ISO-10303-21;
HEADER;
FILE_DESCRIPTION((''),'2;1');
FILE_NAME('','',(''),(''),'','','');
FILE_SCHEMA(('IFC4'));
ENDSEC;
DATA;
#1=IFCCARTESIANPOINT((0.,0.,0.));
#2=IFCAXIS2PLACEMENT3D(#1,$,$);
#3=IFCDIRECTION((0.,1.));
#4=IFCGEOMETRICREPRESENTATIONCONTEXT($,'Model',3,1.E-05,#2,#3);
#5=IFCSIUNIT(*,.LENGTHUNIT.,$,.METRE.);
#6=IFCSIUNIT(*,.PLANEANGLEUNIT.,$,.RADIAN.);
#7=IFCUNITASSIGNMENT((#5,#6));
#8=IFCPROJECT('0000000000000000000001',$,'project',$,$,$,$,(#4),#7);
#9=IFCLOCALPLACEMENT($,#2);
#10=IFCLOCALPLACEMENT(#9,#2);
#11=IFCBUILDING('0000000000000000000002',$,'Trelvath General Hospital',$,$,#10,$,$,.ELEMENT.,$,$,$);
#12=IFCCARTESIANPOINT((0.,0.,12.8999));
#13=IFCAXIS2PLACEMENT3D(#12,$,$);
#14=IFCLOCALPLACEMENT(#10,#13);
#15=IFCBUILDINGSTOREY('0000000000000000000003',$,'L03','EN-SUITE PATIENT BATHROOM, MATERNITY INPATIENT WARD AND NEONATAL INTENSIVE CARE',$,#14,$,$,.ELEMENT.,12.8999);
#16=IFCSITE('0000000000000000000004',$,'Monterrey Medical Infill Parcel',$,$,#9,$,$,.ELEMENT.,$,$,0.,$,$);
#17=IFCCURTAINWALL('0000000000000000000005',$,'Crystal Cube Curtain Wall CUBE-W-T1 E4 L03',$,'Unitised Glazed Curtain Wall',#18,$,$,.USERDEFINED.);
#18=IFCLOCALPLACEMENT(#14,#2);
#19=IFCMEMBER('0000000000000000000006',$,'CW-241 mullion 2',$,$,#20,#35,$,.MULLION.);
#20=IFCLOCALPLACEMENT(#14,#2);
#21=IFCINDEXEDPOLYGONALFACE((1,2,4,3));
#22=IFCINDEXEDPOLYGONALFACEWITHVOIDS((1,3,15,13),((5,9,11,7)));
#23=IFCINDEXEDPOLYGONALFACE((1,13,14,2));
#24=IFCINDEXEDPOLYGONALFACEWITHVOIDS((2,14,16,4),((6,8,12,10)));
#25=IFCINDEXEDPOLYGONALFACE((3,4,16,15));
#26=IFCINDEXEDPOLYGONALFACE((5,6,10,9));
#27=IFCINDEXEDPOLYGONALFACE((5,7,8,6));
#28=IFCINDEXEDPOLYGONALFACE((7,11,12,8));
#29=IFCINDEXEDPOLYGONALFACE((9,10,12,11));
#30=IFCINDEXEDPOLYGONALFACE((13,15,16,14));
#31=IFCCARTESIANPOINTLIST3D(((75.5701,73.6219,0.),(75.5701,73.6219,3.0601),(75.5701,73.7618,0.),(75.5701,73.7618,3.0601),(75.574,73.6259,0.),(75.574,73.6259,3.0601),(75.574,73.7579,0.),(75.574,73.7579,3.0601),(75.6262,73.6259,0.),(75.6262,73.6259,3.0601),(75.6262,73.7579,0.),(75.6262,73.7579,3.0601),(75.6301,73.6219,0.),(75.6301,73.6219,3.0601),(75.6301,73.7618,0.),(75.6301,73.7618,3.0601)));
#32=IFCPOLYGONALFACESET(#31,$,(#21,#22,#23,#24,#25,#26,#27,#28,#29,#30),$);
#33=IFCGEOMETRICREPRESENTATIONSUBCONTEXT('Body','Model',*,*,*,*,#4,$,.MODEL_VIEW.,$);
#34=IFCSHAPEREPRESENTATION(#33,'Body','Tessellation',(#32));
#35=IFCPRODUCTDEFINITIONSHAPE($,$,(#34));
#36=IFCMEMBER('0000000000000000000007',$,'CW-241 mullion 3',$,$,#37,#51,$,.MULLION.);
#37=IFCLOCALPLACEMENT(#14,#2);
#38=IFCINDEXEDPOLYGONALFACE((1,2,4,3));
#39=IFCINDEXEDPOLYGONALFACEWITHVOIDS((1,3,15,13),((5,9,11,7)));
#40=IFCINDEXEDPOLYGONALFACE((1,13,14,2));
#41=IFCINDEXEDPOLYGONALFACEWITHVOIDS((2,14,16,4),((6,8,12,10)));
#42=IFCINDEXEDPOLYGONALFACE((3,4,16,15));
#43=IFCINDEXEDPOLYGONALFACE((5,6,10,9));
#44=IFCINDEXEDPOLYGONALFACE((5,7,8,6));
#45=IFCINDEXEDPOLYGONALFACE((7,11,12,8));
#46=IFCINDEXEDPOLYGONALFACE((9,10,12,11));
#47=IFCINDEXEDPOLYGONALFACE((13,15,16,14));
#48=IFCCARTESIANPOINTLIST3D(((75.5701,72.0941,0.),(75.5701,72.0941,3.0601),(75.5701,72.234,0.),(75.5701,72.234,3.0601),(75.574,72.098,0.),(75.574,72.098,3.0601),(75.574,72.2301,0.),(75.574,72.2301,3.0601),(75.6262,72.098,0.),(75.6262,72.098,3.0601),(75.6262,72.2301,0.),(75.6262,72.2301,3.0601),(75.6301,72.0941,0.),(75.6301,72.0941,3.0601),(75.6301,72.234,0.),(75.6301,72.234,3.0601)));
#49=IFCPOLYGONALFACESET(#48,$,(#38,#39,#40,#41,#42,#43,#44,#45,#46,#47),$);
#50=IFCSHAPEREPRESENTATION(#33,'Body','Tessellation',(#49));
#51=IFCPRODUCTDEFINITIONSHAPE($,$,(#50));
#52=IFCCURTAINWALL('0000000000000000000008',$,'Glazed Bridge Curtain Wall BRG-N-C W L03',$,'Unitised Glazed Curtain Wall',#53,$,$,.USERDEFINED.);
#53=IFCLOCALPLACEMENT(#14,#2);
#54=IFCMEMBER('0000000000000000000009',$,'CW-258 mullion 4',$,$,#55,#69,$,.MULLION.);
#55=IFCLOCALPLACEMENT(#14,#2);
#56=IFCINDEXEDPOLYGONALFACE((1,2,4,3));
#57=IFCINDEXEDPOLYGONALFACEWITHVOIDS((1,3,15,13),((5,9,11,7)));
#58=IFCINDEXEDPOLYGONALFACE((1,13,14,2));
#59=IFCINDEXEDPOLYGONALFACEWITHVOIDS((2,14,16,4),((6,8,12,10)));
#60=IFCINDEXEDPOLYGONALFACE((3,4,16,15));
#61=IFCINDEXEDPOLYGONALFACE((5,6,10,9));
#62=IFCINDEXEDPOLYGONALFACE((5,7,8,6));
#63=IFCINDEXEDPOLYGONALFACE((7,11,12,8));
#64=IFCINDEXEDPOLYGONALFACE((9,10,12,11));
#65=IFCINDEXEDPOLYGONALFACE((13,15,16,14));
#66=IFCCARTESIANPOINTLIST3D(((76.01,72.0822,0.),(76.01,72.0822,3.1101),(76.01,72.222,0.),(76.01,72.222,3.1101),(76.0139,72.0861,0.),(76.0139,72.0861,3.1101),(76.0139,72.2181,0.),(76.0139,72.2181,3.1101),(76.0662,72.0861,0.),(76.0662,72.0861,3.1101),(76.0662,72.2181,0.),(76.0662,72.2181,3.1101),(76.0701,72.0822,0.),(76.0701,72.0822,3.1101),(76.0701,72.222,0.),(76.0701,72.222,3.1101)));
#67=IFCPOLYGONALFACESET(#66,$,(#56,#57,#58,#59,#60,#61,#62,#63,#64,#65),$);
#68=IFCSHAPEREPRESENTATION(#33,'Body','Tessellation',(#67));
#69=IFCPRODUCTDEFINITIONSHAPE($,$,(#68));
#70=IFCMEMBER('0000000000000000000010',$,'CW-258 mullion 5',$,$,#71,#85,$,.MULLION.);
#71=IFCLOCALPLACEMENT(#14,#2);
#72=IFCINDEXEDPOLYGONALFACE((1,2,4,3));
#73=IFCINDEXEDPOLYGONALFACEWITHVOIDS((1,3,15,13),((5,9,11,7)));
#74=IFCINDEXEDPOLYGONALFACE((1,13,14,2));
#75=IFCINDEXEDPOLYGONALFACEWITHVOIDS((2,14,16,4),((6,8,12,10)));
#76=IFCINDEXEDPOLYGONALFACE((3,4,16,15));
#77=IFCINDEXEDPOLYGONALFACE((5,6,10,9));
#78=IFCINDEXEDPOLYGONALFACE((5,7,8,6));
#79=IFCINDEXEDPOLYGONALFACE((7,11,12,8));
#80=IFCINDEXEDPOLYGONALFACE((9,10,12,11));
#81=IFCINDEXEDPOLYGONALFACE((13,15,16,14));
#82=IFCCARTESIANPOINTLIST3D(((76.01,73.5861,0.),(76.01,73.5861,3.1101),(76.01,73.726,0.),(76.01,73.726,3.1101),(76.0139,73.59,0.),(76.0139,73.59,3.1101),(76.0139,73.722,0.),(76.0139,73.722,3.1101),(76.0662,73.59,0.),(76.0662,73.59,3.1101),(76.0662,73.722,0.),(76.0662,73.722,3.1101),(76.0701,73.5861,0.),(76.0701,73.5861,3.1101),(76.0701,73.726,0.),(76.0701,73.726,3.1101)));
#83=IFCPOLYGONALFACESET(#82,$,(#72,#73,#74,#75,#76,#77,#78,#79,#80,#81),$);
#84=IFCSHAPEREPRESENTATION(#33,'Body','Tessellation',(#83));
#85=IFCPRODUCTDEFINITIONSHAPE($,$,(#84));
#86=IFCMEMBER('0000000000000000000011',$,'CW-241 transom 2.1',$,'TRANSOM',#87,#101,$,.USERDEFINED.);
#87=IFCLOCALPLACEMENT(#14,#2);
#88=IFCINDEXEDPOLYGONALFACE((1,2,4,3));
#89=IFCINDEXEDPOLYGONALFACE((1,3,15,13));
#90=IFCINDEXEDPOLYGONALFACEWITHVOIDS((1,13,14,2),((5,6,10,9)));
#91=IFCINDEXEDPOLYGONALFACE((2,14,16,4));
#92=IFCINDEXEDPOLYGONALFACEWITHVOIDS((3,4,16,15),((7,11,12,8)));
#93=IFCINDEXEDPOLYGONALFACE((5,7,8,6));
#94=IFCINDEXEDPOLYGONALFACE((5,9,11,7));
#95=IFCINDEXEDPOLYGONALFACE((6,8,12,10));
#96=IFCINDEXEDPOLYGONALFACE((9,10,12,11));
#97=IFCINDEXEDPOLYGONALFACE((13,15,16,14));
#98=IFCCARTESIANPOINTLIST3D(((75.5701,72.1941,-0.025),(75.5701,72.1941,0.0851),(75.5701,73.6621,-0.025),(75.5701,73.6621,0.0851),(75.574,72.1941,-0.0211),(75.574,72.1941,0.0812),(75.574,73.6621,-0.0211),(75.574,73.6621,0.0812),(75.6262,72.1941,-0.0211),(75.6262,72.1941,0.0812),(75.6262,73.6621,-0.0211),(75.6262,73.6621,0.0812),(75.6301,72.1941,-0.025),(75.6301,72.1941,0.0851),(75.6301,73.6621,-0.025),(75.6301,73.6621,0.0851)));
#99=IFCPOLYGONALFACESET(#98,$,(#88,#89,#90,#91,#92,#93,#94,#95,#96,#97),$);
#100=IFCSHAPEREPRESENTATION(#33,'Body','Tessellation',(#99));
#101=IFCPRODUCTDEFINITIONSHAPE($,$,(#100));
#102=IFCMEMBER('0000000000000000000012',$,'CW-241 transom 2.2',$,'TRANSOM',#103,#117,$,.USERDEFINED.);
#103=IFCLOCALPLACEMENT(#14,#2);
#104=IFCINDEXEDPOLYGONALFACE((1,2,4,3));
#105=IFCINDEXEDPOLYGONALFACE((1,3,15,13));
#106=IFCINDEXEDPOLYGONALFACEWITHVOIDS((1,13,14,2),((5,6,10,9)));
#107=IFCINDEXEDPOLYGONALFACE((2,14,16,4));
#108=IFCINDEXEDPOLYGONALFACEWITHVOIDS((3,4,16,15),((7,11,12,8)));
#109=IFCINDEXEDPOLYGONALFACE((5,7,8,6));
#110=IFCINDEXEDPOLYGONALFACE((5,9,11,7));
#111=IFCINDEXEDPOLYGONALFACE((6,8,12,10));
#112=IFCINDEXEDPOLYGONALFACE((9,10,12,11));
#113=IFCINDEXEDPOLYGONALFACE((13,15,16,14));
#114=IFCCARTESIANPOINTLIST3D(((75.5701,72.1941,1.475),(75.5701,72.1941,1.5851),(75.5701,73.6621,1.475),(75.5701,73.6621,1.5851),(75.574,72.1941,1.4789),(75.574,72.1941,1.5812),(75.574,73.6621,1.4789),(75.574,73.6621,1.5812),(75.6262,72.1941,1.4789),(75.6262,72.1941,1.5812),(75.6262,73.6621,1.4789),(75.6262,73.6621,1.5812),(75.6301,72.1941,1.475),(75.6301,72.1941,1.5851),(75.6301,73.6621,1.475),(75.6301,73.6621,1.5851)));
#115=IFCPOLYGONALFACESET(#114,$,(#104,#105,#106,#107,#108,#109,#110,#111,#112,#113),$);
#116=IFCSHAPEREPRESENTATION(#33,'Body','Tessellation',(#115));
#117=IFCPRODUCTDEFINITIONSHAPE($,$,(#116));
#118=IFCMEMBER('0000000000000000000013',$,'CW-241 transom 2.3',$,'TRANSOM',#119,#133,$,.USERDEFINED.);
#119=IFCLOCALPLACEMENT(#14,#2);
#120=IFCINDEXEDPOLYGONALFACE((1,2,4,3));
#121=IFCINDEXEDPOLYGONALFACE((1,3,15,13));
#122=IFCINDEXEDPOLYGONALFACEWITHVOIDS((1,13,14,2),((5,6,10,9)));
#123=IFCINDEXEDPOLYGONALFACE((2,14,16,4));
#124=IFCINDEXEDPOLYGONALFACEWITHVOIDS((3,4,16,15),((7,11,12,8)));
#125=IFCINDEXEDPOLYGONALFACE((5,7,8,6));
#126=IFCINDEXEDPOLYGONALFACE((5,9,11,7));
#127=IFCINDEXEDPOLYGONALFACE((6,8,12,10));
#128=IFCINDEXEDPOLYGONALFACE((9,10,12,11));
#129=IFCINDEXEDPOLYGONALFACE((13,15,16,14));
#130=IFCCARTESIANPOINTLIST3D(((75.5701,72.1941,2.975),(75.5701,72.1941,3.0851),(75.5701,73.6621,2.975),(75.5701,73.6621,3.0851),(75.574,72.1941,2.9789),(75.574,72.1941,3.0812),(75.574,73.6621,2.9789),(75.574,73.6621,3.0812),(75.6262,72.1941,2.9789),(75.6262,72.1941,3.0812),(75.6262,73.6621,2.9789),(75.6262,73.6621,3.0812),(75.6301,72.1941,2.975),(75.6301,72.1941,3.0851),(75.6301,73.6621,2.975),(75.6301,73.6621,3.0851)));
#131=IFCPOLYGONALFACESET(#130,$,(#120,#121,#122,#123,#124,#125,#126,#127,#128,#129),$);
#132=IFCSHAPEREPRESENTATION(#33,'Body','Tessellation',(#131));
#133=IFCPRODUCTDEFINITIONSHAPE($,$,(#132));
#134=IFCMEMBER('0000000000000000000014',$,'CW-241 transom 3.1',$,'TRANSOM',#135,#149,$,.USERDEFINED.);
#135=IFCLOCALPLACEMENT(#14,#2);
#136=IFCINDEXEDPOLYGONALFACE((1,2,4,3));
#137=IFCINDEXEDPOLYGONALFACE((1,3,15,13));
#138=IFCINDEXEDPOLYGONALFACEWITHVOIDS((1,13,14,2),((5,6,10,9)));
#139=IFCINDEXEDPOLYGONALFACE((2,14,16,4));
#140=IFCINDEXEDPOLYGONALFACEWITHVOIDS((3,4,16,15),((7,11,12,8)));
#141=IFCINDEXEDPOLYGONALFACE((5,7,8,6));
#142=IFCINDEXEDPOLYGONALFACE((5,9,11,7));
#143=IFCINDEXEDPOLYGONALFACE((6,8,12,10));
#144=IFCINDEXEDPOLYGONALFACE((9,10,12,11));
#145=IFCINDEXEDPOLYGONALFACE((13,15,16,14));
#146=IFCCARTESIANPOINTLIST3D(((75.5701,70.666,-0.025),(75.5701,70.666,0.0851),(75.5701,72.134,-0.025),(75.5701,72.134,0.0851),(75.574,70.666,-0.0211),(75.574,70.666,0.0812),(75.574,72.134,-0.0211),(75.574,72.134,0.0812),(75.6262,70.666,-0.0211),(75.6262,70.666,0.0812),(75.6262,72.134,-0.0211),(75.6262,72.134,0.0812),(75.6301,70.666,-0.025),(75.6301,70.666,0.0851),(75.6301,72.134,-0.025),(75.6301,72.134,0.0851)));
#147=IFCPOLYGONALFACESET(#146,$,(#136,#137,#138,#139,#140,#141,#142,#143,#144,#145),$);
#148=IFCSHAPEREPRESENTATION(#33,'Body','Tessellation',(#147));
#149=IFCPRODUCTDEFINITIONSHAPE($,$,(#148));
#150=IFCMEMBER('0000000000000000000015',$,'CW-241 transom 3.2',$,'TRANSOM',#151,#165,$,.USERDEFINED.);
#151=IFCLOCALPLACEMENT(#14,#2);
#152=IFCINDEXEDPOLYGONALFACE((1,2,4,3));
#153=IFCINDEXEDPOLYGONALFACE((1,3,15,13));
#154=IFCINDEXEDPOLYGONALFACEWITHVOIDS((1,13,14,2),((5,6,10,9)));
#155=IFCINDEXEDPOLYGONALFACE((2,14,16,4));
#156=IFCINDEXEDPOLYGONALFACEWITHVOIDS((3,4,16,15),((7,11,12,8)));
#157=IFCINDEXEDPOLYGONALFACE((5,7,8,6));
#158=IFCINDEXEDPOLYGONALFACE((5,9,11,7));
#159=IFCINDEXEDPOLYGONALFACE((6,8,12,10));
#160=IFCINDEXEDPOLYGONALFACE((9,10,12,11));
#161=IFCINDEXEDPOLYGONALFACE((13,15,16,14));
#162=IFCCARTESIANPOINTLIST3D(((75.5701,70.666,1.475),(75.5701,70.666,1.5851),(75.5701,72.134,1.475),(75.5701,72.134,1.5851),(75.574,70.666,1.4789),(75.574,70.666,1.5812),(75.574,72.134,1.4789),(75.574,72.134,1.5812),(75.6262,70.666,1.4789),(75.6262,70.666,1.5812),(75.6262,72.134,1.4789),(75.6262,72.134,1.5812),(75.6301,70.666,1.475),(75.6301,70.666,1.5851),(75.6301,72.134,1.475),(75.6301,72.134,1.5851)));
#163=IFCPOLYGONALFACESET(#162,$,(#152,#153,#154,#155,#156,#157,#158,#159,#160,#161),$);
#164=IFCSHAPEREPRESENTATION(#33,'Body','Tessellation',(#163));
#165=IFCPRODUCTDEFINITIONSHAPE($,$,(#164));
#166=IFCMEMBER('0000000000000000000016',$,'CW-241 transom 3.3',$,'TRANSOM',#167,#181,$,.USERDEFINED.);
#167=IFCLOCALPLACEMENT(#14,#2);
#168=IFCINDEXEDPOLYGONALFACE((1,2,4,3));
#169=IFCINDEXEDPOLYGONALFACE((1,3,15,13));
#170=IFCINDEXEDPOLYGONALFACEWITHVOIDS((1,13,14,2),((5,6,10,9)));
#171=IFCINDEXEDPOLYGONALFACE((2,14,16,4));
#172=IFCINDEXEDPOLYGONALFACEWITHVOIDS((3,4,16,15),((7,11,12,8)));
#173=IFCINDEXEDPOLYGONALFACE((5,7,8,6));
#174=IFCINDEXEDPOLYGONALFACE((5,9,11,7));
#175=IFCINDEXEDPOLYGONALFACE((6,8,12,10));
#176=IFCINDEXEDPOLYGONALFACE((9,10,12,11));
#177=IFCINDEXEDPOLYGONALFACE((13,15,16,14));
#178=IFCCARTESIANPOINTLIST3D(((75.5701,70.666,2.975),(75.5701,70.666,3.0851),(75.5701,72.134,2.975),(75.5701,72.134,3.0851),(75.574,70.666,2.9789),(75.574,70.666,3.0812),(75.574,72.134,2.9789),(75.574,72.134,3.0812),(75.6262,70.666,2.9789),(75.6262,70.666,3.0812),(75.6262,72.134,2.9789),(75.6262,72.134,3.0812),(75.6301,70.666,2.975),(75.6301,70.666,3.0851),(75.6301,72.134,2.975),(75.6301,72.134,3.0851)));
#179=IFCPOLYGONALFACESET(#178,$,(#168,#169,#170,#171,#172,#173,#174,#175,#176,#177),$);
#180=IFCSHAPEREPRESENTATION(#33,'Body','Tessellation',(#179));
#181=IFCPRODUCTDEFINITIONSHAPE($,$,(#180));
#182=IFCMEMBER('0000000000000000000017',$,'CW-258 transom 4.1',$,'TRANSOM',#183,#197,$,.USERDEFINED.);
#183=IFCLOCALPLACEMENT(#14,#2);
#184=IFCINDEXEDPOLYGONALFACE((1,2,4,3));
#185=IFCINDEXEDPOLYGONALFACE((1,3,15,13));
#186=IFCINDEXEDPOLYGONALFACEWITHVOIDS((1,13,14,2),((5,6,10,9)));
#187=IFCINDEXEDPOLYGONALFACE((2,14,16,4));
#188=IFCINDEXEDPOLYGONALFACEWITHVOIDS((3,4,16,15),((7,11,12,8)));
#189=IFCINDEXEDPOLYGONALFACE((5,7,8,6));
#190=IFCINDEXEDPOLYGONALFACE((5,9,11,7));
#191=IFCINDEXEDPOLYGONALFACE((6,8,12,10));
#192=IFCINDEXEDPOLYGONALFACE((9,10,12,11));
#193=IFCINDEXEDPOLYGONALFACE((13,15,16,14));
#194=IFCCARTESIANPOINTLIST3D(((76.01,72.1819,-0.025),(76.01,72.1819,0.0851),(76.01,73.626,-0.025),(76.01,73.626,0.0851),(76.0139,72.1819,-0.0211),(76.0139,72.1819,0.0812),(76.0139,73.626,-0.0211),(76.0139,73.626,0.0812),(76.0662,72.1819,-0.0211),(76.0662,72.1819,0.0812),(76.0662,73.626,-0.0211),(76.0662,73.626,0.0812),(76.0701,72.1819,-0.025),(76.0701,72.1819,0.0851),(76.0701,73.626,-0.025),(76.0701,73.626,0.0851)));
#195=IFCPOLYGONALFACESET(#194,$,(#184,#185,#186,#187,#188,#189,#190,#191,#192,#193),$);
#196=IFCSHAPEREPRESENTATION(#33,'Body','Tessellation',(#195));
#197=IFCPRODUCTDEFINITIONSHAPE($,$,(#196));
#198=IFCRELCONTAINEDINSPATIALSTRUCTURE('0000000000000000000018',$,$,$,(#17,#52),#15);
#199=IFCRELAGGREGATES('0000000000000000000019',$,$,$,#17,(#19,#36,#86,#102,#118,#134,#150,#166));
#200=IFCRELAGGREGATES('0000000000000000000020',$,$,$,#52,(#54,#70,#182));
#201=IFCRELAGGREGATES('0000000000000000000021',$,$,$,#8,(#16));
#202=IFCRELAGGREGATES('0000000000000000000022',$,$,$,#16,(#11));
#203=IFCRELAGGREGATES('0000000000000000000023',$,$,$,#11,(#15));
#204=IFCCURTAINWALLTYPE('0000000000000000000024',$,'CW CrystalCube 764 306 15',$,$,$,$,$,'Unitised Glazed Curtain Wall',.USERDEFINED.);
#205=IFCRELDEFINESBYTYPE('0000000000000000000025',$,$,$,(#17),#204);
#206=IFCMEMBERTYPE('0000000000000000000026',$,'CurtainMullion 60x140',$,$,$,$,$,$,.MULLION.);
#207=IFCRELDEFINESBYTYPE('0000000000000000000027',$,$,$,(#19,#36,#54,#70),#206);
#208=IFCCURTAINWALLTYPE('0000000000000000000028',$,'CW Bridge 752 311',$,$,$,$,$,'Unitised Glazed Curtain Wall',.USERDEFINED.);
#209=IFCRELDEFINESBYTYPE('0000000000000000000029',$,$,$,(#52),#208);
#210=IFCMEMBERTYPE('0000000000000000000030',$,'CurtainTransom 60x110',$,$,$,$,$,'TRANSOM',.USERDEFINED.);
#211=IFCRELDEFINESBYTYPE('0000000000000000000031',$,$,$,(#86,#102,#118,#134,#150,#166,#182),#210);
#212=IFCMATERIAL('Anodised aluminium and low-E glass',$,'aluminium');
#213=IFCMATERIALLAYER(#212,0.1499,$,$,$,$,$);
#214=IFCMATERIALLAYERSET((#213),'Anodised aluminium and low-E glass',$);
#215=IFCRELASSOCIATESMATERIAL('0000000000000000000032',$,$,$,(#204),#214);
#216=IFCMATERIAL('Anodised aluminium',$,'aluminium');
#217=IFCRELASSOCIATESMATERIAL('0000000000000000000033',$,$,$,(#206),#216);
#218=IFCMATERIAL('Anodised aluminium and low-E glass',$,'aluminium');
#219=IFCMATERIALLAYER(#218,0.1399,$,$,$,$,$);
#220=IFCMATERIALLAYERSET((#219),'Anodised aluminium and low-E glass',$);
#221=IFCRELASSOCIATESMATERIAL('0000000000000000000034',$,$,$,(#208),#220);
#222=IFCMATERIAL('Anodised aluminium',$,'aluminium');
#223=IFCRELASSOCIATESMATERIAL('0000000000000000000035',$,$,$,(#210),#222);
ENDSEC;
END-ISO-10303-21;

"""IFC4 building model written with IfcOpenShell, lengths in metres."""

from ifc_helpers import new_model, si_unit, direction, frame, origin, origin_2d, place, context, subcontext, project, spatial, hollow_rectangle, extrude, material, layer, layer_set, material_profile, profile_set, type_object, element, aggregate, save


model = new_model("IFC4")

# Units and contexts
model_context = context("Model", 3, precision=1e-05, world=origin(), true_north=direction((0.0, 1.0)))
body_context = subcontext(model_context, "Body", "Model", "MODEL_VIEW")
ifc_project = project(units=[si_unit("LENGTHUNIT", "METRE"), si_unit("PLANEANGLEUNIT", "RADIAN")], contexts=[model_context])

# Site, building, storey
site_placement = place(None, origin())
site = spatial("IfcSite", under=ifc_project, at=site_placement, Name="Monterrey Medical Infill Parcel", CompositionType="ELEMENT", RefElevation=0.0)
building_placement = place(site_placement, origin())
building = spatial("IfcBuilding", under=site, at=building_placement, Name="Trelvath General Hospital", CompositionType="ELEMENT")
storey_placement = place(building_placement, frame((0.0, 0.0, 12.8999)))
storey = spatial("IfcBuildingStorey", under=building, at=storey_placement, Name="L03", Description="EN-SUITE PATIENT BATHROOM, MATERNITY INPATIENT WARD AND NEONATAL INTENSIVE CARE", CompositionType="ELEMENT", Elevation=12.8999)

# Curtain walls, members
ifc_material_1 = material(Name="Anodised aluminium and low-E glass", Category="aluminium")
ifc_layer_1 = layer(ifc_material_1, 0.1499)
ifc_layer_set_1 = layer_set([ifc_layer_1], Name="Anodised aluminium and low-E glass")
curtain_wall_type_1 = type_object("IfcCurtainWallType", Name="CW CrystalCube 764 306 15", ElementType="Unitised Glazed Curtain Wall", PredefinedType="USERDEFINED", material=ifc_layer_set_1)
curtain_wall_1_placement = place(storey_placement, origin())
curtain_wall_1 = element("IfcCurtainWall", 1, at=curtain_wall_1_placement, inside=storey, type_object=curtain_wall_type_1, Name="Crystal Cube Curtain Wall CUBE-W-T1 E4 L03", ObjectType="Unitised Glazed Curtain Wall", PredefinedType="USERDEFINED")
ifc_material_2 = material(Name="Anodised aluminium", Category="aluminium")
ifc_material_profile_1 = material_profile(ifc_material_2, hollow_rectangle(XDim=0.0601, YDim=0.1399, WallThickness=0.0039, at=origin_2d()), Name="RHS60x140x4")
ifc_profile_set_1 = profile_set([ifc_material_profile_1], Name="Anodised aluminium")
member_type_1 = type_object("IfcMemberType", Name="CurtainMullion 60x140", PredefinedType="MULLION", material=ifc_profile_set_1)
member_1_placement = place(storey_placement, frame((75.6001, 73.6919, 0.0), z_axis=(0.0, 0.0, 1.0), x_axis=(1.0, 0.0, 0.0)))
member_1 = element("IfcMember", 2, at=member_1_placement, type_object=member_type_1, Name="CW-241 mullion 2", PredefinedType="MULLION", context=body_context, shape_type="SweptSolid", body=[
    extrude(hollow_rectangle(XDim=0.0601, YDim=0.1399, WallThickness=0.0039, at=origin_2d()), origin(), (0.0, 0.0, 1.0), 3.0601),
])
member_2_placement = place(storey_placement, frame((75.6001, 72.1641, 0.0), z_axis=(0.0, 0.0, 1.0), x_axis=(1.0, 0.0, 0.0)))
member_2 = element("IfcMember", 3, at=member_2_placement, type_object=member_type_1, Name="CW-241 mullion 3", PredefinedType="MULLION", context=body_context, shape_type="SweptSolid", body=[
    extrude(hollow_rectangle(XDim=0.0601, YDim=0.1399, WallThickness=0.0039, at=origin_2d()), origin(), (0.0, 0.0, 1.0), 3.0601),
])
ifc_material_3 = material(Name="Anodised aluminium and low-E glass", Category="aluminium")
ifc_layer_2 = layer(ifc_material_3, 0.1399)
ifc_layer_set_2 = layer_set([ifc_layer_2], Name="Anodised aluminium and low-E glass")
curtain_wall_type_2 = type_object("IfcCurtainWallType", Name="CW Bridge 752 311", ElementType="Unitised Glazed Curtain Wall", PredefinedType="USERDEFINED", material=ifc_layer_set_2)
curtain_wall_2_placement = place(storey_placement, origin())
curtain_wall_2 = element("IfcCurtainWall", 4, at=curtain_wall_2_placement, inside=storey, type_object=curtain_wall_type_2, Name="Glazed Bridge Curtain Wall BRG-N-C W L03", ObjectType="Unitised Glazed Curtain Wall", PredefinedType="USERDEFINED")
member_3_placement = place(storey_placement, frame((76.04, 72.1521, 0.0), z_axis=(0.0, 0.0, 1.0), x_axis=(-1.0, 0.0, 0.0)))
member_3 = element("IfcMember", 5, at=member_3_placement, type_object=member_type_1, Name="CW-258 mullion 4", PredefinedType="MULLION", context=body_context, shape_type="SweptSolid", body=[
    extrude(hollow_rectangle(XDim=0.0601, YDim=0.1399, WallThickness=0.0039, at=origin_2d()), origin(), (0.0, 0.0, 1.0), 3.1101),
])
member_4_placement = place(storey_placement, frame((76.04, 73.656, 0.0), z_axis=(0.0, 0.0, 1.0), x_axis=(-1.0, 0.0, 0.0)))
member_4 = element("IfcMember", 6, at=member_4_placement, type_object=member_type_1, Name="CW-258 mullion 5", PredefinedType="MULLION", context=body_context, shape_type="SweptSolid", body=[
    extrude(hollow_rectangle(XDim=0.0601, YDim=0.1399, WallThickness=0.0039, at=origin_2d()), origin(), (0.0, 0.0, 1.0), 3.1101),
])

# Members
ifc_material_4 = material(Name="Anodised aluminium", Category="aluminium")
ifc_material_profile_2 = material_profile(ifc_material_4, hollow_rectangle(XDim=0.0601, YDim=0.1101, WallThickness=0.0039, at=origin_2d()), Name="RHS60x110x4")
ifc_profile_set_2 = profile_set([ifc_material_profile_2], Name="Anodised aluminium")
member_type_2 = type_object("IfcMemberType", Name="CurtainTransom 60x110", ElementType="TRANSOM", PredefinedType="USERDEFINED", material=ifc_profile_set_2)
member_5_placement = place(storey_placement, frame((75.6001, 73.6621, 0.03), z_axis=(0.0, -1.0, 0.0), x_axis=(1.0, 0.0, 0.0)))
member_5 = element("IfcMember", 7, at=member_5_placement, type_object=member_type_2, Name="CW-241 transom 2.1", ObjectType="TRANSOM", PredefinedType="USERDEFINED", context=body_context, shape_type="SweptSolid", body=[
    extrude(hollow_rectangle(XDim=0.0601, YDim=0.1101, WallThickness=0.0039, at=origin_2d()), origin(), (0.0, 0.0, 1.0), 1.468),
])
member_6_placement = place(storey_placement, frame((75.6001, 73.6621, 1.53), z_axis=(0.0, -1.0, 0.0), x_axis=(1.0, 0.0, 0.0)))
member_6 = element("IfcMember", 8, at=member_6_placement, type_object=member_type_2, Name="CW-241 transom 2.2", ObjectType="TRANSOM", PredefinedType="USERDEFINED", context=body_context, shape_type="SweptSolid", body=[
    extrude(hollow_rectangle(XDim=0.0601, YDim=0.1101, WallThickness=0.0039, at=origin_2d()), origin(), (0.0, 0.0, 1.0), 1.468),
])
member_7_placement = place(storey_placement, frame((75.6001, 73.6621, 3.03), z_axis=(0.0, -1.0, 0.0), x_axis=(1.0, 0.0, 0.0)))
member_7 = element("IfcMember", 9, at=member_7_placement, type_object=member_type_2, Name="CW-241 transom 2.3", ObjectType="TRANSOM", PredefinedType="USERDEFINED", context=body_context, shape_type="SweptSolid", body=[
    extrude(hollow_rectangle(XDim=0.0601, YDim=0.1101, WallThickness=0.0039, at=origin_2d()), origin(), (0.0, 0.0, 1.0), 1.468),
])
member_8_placement = place(storey_placement, frame((75.6001, 72.134, 0.03), z_axis=(0.0, -1.0, 0.0), x_axis=(1.0, 0.0, 0.0)))
member_8 = element("IfcMember", 10, at=member_8_placement, type_object=member_type_2, Name="CW-241 transom 3.1", ObjectType="TRANSOM", PredefinedType="USERDEFINED", context=body_context, shape_type="SweptSolid", body=[
    extrude(hollow_rectangle(XDim=0.0601, YDim=0.1101, WallThickness=0.0039, at=origin_2d()), origin(), (0.0, 0.0, 1.0), 1.468),
])
member_9_placement = place(storey_placement, frame((75.6001, 72.134, 1.53), z_axis=(0.0, -1.0, 0.0), x_axis=(1.0, 0.0, 0.0)))
member_9 = element("IfcMember", 11, at=member_9_placement, type_object=member_type_2, Name="CW-241 transom 3.2", ObjectType="TRANSOM", PredefinedType="USERDEFINED", context=body_context, shape_type="SweptSolid", body=[
    extrude(hollow_rectangle(XDim=0.0601, YDim=0.1101, WallThickness=0.0039, at=origin_2d()), origin(), (0.0, 0.0, 1.0), 1.468),
])
member_10_placement = place(storey_placement, frame((75.6001, 72.134, 3.03), z_axis=(0.0, -1.0, 0.0), x_axis=(1.0, 0.0, 0.0)))
member_10 = element("IfcMember", 12, at=member_10_placement, type_object=member_type_2, Name="CW-241 transom 3.3", ObjectType="TRANSOM", PredefinedType="USERDEFINED", context=body_context, shape_type="SweptSolid", body=[
    extrude(hollow_rectangle(XDim=0.0601, YDim=0.1101, WallThickness=0.0039, at=origin_2d()), origin(), (0.0, 0.0, 1.0), 1.468),
])
member_11_placement = place(storey_placement, frame((76.04, 72.1819, 0.03), z_axis=(0.0, 1.0, 0.0), x_axis=(-1.0, 0.0, 0.0)))
member_11 = element("IfcMember", 13, at=member_11_placement, type_object=member_type_2, Name="CW-258 transom 4.1", ObjectType="TRANSOM", PredefinedType="USERDEFINED", context=body_context, shape_type="SweptSolid", body=[
    extrude(hollow_rectangle(XDim=0.0601, YDim=0.1101, WallThickness=0.0039, at=origin_2d()), origin(), (0.0, 0.0, 1.0), 1.4441),
])

aggregate(curtain_wall_1, [member_1, member_2, member_5, member_6, member_7, member_8, member_9, member_10])
aggregate(curtain_wall_2, [member_3, member_4, member_11])

save(model, "model.ifc")
